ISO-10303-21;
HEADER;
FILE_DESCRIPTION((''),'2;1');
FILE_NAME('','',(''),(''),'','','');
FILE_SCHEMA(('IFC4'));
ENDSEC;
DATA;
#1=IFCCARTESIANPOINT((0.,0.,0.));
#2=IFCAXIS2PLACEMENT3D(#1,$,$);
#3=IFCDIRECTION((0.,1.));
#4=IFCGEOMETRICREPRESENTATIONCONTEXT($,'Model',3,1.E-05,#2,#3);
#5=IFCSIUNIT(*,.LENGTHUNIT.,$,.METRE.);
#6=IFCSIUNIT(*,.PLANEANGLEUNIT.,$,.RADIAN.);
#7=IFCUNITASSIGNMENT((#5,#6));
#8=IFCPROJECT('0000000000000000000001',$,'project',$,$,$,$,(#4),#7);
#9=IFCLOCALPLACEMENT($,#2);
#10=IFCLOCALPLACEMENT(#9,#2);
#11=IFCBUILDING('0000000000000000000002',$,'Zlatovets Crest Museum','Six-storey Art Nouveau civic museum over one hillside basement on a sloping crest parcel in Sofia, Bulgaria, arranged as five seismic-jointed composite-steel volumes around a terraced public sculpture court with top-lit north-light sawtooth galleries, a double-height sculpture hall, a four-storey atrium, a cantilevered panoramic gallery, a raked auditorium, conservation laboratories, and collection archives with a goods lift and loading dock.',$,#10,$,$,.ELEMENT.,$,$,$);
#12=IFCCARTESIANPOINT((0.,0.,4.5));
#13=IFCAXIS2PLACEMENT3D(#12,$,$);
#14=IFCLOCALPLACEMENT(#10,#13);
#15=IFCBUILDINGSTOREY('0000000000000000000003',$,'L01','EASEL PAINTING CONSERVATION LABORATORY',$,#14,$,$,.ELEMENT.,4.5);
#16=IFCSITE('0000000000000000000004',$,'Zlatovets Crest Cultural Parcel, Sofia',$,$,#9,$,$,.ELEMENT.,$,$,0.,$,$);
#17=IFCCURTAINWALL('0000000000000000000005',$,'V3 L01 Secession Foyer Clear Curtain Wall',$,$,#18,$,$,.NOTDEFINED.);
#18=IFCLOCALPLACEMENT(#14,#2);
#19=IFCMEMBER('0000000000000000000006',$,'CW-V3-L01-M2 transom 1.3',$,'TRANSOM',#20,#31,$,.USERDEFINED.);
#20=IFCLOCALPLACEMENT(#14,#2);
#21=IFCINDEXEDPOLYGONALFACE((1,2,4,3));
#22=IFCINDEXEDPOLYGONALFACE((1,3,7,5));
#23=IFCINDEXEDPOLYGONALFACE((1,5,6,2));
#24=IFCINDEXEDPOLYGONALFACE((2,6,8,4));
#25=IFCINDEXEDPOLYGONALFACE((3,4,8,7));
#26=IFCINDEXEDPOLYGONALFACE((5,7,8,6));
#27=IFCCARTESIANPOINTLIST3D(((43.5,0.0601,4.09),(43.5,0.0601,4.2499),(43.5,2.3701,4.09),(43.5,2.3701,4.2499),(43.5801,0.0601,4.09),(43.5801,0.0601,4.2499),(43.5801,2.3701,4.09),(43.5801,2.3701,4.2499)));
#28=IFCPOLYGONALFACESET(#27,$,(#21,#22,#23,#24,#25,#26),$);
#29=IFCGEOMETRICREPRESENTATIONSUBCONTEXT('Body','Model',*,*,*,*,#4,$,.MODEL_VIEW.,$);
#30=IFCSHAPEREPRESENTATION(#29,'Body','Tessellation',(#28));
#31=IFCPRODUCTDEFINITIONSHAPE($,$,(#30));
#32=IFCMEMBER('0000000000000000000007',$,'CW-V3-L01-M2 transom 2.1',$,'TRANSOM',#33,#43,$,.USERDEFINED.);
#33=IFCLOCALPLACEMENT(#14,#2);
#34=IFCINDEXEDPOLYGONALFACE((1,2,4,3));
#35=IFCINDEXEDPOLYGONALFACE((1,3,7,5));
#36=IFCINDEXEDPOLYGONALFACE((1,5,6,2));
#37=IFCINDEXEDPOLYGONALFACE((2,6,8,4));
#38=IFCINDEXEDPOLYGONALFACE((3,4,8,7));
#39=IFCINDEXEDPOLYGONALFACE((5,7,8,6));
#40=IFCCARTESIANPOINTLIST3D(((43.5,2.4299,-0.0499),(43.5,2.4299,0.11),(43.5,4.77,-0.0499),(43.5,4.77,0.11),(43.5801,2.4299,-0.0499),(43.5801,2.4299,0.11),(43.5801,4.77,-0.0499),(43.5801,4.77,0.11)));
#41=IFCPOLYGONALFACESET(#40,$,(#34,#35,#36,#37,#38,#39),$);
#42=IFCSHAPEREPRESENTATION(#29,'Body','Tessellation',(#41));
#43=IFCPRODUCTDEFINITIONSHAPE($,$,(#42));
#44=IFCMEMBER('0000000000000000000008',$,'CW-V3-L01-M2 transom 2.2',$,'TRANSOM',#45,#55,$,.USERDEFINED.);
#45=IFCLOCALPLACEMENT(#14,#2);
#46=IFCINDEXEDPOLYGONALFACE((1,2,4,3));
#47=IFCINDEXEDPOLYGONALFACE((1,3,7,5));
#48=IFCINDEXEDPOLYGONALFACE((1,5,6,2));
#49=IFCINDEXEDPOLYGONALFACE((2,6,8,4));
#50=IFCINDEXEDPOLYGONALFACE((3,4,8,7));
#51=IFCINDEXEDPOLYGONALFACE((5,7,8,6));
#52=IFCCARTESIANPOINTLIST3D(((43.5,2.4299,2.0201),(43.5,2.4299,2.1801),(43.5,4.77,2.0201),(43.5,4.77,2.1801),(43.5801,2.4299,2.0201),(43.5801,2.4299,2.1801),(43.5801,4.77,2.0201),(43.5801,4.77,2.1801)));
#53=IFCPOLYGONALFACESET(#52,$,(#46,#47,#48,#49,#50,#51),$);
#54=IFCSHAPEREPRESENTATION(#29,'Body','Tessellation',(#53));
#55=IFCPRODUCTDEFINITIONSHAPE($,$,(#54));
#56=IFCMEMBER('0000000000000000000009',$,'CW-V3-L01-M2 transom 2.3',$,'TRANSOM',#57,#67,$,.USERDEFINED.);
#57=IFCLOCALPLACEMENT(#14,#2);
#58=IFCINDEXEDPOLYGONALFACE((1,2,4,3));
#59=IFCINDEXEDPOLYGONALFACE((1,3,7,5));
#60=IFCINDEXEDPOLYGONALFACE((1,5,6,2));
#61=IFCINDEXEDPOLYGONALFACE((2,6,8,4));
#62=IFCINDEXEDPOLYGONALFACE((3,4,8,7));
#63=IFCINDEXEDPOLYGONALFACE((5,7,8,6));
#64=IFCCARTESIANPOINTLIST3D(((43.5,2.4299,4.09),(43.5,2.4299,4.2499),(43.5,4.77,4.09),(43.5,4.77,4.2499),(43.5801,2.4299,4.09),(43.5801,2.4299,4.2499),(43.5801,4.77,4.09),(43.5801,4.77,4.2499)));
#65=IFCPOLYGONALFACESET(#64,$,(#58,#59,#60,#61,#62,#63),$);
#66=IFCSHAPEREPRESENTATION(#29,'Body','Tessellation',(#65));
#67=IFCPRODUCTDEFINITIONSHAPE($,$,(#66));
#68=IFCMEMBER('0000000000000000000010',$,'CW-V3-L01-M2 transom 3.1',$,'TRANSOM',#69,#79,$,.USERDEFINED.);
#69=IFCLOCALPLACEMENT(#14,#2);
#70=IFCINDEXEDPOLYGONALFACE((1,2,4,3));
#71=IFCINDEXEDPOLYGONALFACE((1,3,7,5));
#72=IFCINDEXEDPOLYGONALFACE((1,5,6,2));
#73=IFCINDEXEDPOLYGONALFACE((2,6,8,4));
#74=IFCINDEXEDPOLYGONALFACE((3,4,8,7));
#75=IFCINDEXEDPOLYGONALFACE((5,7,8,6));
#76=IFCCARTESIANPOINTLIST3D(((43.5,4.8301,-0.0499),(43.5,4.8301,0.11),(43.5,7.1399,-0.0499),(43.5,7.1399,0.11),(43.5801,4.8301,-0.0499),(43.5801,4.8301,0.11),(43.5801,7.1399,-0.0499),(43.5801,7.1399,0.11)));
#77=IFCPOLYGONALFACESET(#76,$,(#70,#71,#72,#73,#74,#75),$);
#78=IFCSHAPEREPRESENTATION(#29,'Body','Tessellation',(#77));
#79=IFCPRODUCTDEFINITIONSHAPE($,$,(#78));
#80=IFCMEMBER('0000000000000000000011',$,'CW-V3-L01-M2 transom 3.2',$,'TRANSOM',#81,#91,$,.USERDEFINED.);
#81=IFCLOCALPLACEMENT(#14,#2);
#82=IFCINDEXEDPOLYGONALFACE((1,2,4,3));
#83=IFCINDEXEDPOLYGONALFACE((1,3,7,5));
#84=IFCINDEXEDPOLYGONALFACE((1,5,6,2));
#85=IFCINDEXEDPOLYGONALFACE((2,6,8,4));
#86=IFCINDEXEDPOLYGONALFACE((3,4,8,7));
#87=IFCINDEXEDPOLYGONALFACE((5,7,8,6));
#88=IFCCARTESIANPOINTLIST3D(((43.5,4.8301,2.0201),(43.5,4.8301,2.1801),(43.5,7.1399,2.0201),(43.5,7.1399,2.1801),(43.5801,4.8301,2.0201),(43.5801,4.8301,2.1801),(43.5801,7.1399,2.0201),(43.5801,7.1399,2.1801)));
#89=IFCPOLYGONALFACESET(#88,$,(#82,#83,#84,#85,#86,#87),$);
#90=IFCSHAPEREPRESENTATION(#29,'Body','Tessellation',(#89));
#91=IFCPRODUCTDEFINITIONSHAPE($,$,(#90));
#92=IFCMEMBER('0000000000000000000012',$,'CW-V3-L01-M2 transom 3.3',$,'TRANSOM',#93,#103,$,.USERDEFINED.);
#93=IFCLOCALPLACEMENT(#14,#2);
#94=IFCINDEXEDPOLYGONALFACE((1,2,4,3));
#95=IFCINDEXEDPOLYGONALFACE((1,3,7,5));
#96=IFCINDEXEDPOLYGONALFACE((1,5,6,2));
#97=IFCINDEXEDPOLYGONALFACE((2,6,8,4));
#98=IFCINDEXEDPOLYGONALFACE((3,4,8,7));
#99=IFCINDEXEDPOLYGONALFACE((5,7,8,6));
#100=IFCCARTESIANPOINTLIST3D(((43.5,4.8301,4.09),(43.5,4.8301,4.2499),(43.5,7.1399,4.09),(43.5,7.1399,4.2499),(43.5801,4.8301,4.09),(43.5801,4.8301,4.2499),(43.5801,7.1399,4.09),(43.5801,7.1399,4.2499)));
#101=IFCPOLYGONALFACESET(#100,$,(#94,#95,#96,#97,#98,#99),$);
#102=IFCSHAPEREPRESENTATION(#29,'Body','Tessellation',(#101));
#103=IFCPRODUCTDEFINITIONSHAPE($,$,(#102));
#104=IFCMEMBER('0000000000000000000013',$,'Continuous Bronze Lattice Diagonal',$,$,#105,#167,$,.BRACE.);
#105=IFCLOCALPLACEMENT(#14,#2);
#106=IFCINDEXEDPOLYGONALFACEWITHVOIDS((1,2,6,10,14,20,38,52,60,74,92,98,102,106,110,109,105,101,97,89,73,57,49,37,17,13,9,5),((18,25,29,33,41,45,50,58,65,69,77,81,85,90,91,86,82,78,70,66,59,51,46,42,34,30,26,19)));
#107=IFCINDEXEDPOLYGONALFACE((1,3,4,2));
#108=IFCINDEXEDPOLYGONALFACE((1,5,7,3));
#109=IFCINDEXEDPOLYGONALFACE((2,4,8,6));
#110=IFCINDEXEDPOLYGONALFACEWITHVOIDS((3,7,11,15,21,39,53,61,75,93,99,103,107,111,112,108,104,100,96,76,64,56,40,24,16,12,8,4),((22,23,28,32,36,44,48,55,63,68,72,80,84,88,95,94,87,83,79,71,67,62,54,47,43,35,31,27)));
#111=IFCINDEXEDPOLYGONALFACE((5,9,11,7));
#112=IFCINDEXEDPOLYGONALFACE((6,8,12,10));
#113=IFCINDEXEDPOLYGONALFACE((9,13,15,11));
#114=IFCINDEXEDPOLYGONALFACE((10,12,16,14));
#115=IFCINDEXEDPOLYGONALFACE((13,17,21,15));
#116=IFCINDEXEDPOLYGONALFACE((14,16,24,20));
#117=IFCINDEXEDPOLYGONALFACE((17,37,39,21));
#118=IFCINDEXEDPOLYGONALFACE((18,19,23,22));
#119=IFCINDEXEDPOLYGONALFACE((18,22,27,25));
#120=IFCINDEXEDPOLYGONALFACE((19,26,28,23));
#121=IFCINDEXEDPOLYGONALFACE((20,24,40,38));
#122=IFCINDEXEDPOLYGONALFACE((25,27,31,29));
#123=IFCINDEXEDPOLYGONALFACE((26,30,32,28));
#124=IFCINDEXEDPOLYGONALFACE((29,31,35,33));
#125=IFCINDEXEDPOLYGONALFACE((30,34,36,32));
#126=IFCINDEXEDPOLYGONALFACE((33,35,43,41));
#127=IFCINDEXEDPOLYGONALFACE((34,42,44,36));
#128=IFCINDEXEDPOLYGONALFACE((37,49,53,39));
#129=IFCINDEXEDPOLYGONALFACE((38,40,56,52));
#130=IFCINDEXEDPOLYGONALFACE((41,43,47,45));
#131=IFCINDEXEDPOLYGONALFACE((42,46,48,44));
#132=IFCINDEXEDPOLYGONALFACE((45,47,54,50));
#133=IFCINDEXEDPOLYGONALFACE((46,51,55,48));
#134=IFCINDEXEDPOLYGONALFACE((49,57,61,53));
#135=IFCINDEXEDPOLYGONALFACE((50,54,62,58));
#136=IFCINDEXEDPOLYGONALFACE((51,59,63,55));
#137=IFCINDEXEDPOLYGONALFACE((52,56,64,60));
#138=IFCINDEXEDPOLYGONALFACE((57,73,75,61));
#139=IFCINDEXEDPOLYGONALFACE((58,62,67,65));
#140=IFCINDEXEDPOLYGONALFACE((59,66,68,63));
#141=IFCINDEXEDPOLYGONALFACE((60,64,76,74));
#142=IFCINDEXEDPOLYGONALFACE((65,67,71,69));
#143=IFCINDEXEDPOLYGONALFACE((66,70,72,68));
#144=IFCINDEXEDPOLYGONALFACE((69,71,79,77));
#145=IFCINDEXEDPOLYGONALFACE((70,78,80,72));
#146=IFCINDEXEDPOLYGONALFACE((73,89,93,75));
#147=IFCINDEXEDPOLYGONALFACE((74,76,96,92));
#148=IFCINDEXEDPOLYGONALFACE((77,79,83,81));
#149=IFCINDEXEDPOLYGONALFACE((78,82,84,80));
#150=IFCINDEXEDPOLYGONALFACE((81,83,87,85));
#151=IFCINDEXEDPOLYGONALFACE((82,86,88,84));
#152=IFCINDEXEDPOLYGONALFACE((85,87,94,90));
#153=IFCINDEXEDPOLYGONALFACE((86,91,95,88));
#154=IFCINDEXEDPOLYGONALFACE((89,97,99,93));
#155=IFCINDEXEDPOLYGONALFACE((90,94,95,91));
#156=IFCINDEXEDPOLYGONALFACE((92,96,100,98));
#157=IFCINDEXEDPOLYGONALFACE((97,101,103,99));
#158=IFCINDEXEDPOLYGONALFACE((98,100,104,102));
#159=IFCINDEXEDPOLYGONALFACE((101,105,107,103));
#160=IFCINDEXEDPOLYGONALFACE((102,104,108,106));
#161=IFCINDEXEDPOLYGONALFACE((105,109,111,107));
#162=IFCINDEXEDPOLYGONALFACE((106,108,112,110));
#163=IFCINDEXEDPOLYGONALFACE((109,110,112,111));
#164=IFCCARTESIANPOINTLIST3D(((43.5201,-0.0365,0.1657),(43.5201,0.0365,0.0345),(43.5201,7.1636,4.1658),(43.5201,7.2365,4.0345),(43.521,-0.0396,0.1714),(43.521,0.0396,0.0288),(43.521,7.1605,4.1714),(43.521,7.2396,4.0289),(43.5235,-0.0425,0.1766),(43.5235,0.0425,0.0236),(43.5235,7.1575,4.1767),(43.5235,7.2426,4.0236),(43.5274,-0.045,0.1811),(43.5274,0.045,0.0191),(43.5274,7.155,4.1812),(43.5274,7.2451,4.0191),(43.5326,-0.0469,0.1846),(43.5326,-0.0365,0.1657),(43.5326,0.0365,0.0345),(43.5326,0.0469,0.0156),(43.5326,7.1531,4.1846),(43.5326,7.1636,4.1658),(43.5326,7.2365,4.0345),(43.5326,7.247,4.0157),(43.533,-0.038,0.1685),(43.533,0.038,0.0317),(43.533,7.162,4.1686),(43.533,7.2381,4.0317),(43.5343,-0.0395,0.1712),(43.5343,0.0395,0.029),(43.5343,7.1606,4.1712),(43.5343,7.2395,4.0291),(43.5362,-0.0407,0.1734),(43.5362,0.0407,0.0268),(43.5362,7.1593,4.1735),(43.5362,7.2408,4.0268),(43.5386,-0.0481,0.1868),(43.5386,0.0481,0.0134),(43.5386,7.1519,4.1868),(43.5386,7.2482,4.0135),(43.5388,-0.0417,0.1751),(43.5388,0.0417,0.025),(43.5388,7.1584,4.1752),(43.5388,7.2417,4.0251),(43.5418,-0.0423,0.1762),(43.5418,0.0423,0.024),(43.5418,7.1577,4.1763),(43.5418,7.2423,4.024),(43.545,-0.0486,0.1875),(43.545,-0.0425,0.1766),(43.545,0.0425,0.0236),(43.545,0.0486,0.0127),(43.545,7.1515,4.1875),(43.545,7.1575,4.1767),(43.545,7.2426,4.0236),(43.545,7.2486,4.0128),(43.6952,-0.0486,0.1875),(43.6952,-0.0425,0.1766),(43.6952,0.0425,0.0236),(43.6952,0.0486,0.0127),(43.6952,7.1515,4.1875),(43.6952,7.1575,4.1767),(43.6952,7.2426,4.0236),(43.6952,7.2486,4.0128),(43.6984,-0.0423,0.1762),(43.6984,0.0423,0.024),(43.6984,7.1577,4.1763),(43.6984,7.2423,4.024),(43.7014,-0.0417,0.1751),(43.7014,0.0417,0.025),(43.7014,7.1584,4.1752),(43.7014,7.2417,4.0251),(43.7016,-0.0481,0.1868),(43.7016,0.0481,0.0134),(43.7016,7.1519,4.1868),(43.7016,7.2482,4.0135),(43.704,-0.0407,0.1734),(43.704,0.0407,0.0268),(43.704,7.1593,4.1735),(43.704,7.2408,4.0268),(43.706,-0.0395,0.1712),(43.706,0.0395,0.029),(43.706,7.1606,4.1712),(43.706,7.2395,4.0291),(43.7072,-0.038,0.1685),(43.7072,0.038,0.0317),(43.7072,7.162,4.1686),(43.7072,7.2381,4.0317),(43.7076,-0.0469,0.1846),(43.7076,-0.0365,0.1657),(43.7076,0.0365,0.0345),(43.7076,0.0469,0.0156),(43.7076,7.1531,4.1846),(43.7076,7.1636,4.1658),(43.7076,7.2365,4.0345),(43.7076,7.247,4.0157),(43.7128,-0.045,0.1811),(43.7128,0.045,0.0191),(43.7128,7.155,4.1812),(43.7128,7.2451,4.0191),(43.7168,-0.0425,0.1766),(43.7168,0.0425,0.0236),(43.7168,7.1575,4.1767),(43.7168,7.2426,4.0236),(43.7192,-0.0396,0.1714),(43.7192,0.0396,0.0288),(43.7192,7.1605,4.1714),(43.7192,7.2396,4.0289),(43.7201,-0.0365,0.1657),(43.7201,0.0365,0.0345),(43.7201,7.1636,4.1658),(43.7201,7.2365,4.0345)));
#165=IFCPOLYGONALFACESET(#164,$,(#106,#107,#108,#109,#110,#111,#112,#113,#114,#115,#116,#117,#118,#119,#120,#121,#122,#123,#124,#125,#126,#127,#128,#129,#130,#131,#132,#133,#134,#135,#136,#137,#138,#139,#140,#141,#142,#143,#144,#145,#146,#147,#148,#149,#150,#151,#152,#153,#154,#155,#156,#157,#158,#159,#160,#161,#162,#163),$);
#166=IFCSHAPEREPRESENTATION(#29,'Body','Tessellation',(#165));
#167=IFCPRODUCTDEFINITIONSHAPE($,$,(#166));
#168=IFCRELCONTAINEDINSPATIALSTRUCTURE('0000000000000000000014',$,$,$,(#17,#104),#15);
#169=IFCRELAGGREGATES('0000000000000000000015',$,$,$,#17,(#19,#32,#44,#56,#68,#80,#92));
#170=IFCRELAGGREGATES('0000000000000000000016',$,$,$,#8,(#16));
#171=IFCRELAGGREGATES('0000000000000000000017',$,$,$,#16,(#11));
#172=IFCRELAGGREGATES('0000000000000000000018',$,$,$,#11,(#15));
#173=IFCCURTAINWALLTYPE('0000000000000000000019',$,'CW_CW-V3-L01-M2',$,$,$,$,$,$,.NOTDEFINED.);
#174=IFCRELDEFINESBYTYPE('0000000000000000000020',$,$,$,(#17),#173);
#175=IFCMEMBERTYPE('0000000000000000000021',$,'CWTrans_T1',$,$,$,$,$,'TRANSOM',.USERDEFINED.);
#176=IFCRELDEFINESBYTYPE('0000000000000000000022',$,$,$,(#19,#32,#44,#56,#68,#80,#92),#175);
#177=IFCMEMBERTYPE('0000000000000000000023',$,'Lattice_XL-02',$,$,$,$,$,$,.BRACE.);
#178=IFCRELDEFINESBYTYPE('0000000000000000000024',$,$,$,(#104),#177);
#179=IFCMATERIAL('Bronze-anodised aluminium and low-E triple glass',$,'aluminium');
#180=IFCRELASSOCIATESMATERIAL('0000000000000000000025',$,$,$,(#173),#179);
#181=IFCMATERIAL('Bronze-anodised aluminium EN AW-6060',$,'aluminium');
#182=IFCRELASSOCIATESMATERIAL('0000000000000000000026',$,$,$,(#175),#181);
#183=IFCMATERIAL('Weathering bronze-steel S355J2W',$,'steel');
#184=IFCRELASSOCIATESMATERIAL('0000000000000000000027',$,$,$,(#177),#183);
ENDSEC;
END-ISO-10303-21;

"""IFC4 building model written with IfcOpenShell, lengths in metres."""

from ifc_helpers import new_model, si_unit, direction, frame, origin, origin_2d, place, context, subcontext, project, spatial, rectangle, hollow_rectangle, extrude, material, material_profile, profile_set, type_object, element, aggregate, save


model = new_model("IFC4")

# Units and contexts
model_context = context("Model", 3, precision=1e-05, world=origin(), true_north=direction((0.0, 1.0)))
body_context = subcontext(model_context, "Body", "Model", "MODEL_VIEW")
ifc_project = project(units=[si_unit("LENGTHUNIT", "METRE"), si_unit("PLANEANGLEUNIT", "RADIAN")], contexts=[model_context])

# Site, building, storey
site_placement = place(None, origin())
site = spatial("IfcSite", under=ifc_project, at=site_placement, Name="Zlatovets Crest Cultural Parcel, Sofia", CompositionType="ELEMENT", RefElevation=0.0)
building_placement = place(site_placement, origin())
building = spatial("IfcBuilding", under=site, at=building_placement, Name="Zlatovets Crest Museum", Description="Six-storey Art Nouveau civic museum over one hillside basement on a sloping crest parcel in Sofia, Bulgaria, arranged as five seismic-jointed composite-steel volumes around a terraced public sculpture court with top-lit north-light sawtooth galleries, a double-height sculpture hall, a four-storey atrium, a cantilevered panoramic gallery, a raked auditorium, conservation laboratories, and collection archives with a goods lift and loading dock.", CompositionType="ELEMENT")
storey_placement = place(building_placement, frame((0.0, 0.0, 4.5)))
storey = spatial("IfcBuildingStorey", under=building, at=storey_placement, Name="L01", Description="EASEL PAINTING CONSERVATION LABORATORY", CompositionType="ELEMENT", Elevation=4.5)

# Shared definitions
ifc_material_1 = material(Name="Bronze-anodised aluminium and low-E triple glass", Category="aluminium")
ifc_material_2 = material(Name="Bronze-anodised aluminium EN AW-6060", Category="aluminium")

# Curtain wall, members
curtain_wall_type_1 = type_object("IfcCurtainWallType", Name="CW_CW-V3-L01-M2", PredefinedType="NOTDEFINED", material=ifc_material_1)
curtain_wall_1_placement = place(storey_placement, origin())
curtain_wall_1 = element("IfcCurtainWall", 1, at=curtain_wall_1_placement, inside=storey, type_object=curtain_wall_type_1, Name="V3 L01 Secession Foyer Clear Curtain Wall", PredefinedType="NOTDEFINED")
ifc_material_profile_1 = material_profile(ifc_material_2, rectangle(XDim=0.0801, YDim=0.1599, at=origin_2d()), Name="ALU 80x160")
ifc_profile_set_1 = profile_set([ifc_material_profile_1], Name="Bronze-anodised aluminium EN AW-6060")
member_type_1 = type_object("IfcMemberType", Name="CWTrans_T1", ElementType="TRANSOM", PredefinedType="USERDEFINED", material=ifc_profile_set_1)
member_1_placement = place(storey_placement, frame((43.54, 0.0601, 4.1699), z_axis=(0.0, 1.0, 0.0), x_axis=(-1.0, 0.0, 0.0)))
member_1 = element("IfcMember", 2, at=member_1_placement, type_object=member_type_1, Name="CW-V3-L01-M2 transom 1.3", ObjectType="TRANSOM", PredefinedType="USERDEFINED", context=body_context, shape_type="SweptSolid", body=[
    extrude(rectangle(XDim=0.0801, YDim=0.1599, at=origin_2d()), origin(), (0.0, 0.0, 1.0), 2.3101),
])
member_2_placement = place(storey_placement, frame((43.54, 2.4299, 0.03), z_axis=(0.0, 1.0, 0.0), x_axis=(-1.0, 0.0, 0.0)))
member_2 = element("IfcMember", 3, at=member_2_placement, type_object=member_type_1, Name="CW-V3-L01-M2 transom 2.1", ObjectType="TRANSOM", PredefinedType="USERDEFINED", context=body_context, shape_type="SweptSolid", body=[
    extrude(rectangle(XDim=0.0801, YDim=0.1599, at=origin_2d()), origin(), (0.0, 0.0, 1.0), 2.3401),
])
member_3_placement = place(storey_placement, frame((43.54, 2.4299, 2.1001), z_axis=(0.0, 1.0, 0.0), x_axis=(-1.0, 0.0, 0.0)))
member_3 = element("IfcMember", 4, at=member_3_placement, type_object=member_type_1, Name="CW-V3-L01-M2 transom 2.2", ObjectType="TRANSOM", PredefinedType="USERDEFINED", context=body_context, shape_type="SweptSolid", body=[
    extrude(rectangle(XDim=0.0801, YDim=0.1599, at=origin_2d()), origin(), (0.0, 0.0, 1.0), 2.3401),
])
member_4_placement = place(storey_placement, frame((43.54, 2.4299, 4.1699), z_axis=(0.0, 1.0, 0.0), x_axis=(-1.0, 0.0, 0.0)))
member_4 = element("IfcMember", 5, at=member_4_placement, type_object=member_type_1, Name="CW-V3-L01-M2 transom 2.3", ObjectType="TRANSOM", PredefinedType="USERDEFINED", context=body_context, shape_type="SweptSolid", body=[
    extrude(rectangle(XDim=0.0801, YDim=0.1599, at=origin_2d()), origin(), (0.0, 0.0, 1.0), 2.3401),
])
member_5_placement = place(storey_placement, frame((43.54, 4.8301, 0.03), z_axis=(0.0, 1.0, 0.0), x_axis=(-1.0, 0.0, 0.0)))
member_5 = element("IfcMember", 6, at=member_5_placement, type_object=member_type_1, Name="CW-V3-L01-M2 transom 3.1", ObjectType="TRANSOM", PredefinedType="USERDEFINED", context=body_context, shape_type="SweptSolid", body=[
    extrude(rectangle(XDim=0.0801, YDim=0.1599, at=origin_2d()), origin(), (0.0, 0.0, 1.0), 2.3098),
])
member_6_placement = place(storey_placement, frame((43.54, 4.8301, 2.1001), z_axis=(0.0, 1.0, 0.0), x_axis=(-1.0, 0.0, 0.0)))
member_6 = element("IfcMember", 7, at=member_6_placement, type_object=member_type_1, Name="CW-V3-L01-M2 transom 3.2", ObjectType="TRANSOM", PredefinedType="USERDEFINED", context=body_context, shape_type="SweptSolid", body=[
    extrude(rectangle(XDim=0.0801, YDim=0.1599, at=origin_2d()), origin(), (0.0, 0.0, 1.0), 2.3098),
])
member_7_placement = place(storey_placement, frame((43.54, 4.8301, 4.1699), z_axis=(0.0, 1.0, 0.0), x_axis=(-1.0, 0.0, 0.0)))
member_7 = element("IfcMember", 8, at=member_7_placement, type_object=member_type_1, Name="CW-V3-L01-M2 transom 3.3", ObjectType="TRANSOM", PredefinedType="USERDEFINED", context=body_context, shape_type="SweptSolid", body=[
    extrude(rectangle(XDim=0.0801, YDim=0.1599, at=origin_2d()), origin(), (0.0, 0.0, 1.0), 2.3098),
])

# Member
ifc_material_3 = material(Name="Weathering bronze-steel S355J2W", Category="steel")
ifc_material_profile_2 = material_profile(ifc_material_3, hollow_rectangle(XDim=0.2, YDim=0.2, WallThickness=0.0125, InnerFilletRadius=0.0125, OuterFilletRadius=0.0249, at=origin_2d()), Name="SHS 200x200x12.5")
ifc_profile_set_2 = profile_set([ifc_material_profile_2], Name="Weathering bronze-steel S355J2W")
member_type_2 = type_object("IfcMemberType", Name="Lattice_XL-02", PredefinedType="BRACE", material=ifc_profile_set_2)
member_8_placement = place(storey_placement, frame((43.6201, 0.0, 0.1001), z_axis=(0.0, 0.874156, 0.485645), x_axis=(-1.0, 0.0, 0.0)))
element("IfcMember", 9, at=member_8_placement, inside=storey, type_object=member_type_2, Name="Continuous Bronze Lattice Diagonal", PredefinedType="BRACE", context=body_context, shape_type="SweptSolid", body=[
    extrude(hollow_rectangle(XDim=0.2, YDim=0.2, WallThickness=0.0125, InnerFilletRadius=0.0125, OuterFilletRadius=0.0249, at=origin_2d()), origin(), (0.0, 0.0, 1.0), 8.2366),
])

aggregate(curtain_wall_1, [member_1, member_2, member_3, member_4, member_5, member_6, member_7])

save(model, "model.ifc")
